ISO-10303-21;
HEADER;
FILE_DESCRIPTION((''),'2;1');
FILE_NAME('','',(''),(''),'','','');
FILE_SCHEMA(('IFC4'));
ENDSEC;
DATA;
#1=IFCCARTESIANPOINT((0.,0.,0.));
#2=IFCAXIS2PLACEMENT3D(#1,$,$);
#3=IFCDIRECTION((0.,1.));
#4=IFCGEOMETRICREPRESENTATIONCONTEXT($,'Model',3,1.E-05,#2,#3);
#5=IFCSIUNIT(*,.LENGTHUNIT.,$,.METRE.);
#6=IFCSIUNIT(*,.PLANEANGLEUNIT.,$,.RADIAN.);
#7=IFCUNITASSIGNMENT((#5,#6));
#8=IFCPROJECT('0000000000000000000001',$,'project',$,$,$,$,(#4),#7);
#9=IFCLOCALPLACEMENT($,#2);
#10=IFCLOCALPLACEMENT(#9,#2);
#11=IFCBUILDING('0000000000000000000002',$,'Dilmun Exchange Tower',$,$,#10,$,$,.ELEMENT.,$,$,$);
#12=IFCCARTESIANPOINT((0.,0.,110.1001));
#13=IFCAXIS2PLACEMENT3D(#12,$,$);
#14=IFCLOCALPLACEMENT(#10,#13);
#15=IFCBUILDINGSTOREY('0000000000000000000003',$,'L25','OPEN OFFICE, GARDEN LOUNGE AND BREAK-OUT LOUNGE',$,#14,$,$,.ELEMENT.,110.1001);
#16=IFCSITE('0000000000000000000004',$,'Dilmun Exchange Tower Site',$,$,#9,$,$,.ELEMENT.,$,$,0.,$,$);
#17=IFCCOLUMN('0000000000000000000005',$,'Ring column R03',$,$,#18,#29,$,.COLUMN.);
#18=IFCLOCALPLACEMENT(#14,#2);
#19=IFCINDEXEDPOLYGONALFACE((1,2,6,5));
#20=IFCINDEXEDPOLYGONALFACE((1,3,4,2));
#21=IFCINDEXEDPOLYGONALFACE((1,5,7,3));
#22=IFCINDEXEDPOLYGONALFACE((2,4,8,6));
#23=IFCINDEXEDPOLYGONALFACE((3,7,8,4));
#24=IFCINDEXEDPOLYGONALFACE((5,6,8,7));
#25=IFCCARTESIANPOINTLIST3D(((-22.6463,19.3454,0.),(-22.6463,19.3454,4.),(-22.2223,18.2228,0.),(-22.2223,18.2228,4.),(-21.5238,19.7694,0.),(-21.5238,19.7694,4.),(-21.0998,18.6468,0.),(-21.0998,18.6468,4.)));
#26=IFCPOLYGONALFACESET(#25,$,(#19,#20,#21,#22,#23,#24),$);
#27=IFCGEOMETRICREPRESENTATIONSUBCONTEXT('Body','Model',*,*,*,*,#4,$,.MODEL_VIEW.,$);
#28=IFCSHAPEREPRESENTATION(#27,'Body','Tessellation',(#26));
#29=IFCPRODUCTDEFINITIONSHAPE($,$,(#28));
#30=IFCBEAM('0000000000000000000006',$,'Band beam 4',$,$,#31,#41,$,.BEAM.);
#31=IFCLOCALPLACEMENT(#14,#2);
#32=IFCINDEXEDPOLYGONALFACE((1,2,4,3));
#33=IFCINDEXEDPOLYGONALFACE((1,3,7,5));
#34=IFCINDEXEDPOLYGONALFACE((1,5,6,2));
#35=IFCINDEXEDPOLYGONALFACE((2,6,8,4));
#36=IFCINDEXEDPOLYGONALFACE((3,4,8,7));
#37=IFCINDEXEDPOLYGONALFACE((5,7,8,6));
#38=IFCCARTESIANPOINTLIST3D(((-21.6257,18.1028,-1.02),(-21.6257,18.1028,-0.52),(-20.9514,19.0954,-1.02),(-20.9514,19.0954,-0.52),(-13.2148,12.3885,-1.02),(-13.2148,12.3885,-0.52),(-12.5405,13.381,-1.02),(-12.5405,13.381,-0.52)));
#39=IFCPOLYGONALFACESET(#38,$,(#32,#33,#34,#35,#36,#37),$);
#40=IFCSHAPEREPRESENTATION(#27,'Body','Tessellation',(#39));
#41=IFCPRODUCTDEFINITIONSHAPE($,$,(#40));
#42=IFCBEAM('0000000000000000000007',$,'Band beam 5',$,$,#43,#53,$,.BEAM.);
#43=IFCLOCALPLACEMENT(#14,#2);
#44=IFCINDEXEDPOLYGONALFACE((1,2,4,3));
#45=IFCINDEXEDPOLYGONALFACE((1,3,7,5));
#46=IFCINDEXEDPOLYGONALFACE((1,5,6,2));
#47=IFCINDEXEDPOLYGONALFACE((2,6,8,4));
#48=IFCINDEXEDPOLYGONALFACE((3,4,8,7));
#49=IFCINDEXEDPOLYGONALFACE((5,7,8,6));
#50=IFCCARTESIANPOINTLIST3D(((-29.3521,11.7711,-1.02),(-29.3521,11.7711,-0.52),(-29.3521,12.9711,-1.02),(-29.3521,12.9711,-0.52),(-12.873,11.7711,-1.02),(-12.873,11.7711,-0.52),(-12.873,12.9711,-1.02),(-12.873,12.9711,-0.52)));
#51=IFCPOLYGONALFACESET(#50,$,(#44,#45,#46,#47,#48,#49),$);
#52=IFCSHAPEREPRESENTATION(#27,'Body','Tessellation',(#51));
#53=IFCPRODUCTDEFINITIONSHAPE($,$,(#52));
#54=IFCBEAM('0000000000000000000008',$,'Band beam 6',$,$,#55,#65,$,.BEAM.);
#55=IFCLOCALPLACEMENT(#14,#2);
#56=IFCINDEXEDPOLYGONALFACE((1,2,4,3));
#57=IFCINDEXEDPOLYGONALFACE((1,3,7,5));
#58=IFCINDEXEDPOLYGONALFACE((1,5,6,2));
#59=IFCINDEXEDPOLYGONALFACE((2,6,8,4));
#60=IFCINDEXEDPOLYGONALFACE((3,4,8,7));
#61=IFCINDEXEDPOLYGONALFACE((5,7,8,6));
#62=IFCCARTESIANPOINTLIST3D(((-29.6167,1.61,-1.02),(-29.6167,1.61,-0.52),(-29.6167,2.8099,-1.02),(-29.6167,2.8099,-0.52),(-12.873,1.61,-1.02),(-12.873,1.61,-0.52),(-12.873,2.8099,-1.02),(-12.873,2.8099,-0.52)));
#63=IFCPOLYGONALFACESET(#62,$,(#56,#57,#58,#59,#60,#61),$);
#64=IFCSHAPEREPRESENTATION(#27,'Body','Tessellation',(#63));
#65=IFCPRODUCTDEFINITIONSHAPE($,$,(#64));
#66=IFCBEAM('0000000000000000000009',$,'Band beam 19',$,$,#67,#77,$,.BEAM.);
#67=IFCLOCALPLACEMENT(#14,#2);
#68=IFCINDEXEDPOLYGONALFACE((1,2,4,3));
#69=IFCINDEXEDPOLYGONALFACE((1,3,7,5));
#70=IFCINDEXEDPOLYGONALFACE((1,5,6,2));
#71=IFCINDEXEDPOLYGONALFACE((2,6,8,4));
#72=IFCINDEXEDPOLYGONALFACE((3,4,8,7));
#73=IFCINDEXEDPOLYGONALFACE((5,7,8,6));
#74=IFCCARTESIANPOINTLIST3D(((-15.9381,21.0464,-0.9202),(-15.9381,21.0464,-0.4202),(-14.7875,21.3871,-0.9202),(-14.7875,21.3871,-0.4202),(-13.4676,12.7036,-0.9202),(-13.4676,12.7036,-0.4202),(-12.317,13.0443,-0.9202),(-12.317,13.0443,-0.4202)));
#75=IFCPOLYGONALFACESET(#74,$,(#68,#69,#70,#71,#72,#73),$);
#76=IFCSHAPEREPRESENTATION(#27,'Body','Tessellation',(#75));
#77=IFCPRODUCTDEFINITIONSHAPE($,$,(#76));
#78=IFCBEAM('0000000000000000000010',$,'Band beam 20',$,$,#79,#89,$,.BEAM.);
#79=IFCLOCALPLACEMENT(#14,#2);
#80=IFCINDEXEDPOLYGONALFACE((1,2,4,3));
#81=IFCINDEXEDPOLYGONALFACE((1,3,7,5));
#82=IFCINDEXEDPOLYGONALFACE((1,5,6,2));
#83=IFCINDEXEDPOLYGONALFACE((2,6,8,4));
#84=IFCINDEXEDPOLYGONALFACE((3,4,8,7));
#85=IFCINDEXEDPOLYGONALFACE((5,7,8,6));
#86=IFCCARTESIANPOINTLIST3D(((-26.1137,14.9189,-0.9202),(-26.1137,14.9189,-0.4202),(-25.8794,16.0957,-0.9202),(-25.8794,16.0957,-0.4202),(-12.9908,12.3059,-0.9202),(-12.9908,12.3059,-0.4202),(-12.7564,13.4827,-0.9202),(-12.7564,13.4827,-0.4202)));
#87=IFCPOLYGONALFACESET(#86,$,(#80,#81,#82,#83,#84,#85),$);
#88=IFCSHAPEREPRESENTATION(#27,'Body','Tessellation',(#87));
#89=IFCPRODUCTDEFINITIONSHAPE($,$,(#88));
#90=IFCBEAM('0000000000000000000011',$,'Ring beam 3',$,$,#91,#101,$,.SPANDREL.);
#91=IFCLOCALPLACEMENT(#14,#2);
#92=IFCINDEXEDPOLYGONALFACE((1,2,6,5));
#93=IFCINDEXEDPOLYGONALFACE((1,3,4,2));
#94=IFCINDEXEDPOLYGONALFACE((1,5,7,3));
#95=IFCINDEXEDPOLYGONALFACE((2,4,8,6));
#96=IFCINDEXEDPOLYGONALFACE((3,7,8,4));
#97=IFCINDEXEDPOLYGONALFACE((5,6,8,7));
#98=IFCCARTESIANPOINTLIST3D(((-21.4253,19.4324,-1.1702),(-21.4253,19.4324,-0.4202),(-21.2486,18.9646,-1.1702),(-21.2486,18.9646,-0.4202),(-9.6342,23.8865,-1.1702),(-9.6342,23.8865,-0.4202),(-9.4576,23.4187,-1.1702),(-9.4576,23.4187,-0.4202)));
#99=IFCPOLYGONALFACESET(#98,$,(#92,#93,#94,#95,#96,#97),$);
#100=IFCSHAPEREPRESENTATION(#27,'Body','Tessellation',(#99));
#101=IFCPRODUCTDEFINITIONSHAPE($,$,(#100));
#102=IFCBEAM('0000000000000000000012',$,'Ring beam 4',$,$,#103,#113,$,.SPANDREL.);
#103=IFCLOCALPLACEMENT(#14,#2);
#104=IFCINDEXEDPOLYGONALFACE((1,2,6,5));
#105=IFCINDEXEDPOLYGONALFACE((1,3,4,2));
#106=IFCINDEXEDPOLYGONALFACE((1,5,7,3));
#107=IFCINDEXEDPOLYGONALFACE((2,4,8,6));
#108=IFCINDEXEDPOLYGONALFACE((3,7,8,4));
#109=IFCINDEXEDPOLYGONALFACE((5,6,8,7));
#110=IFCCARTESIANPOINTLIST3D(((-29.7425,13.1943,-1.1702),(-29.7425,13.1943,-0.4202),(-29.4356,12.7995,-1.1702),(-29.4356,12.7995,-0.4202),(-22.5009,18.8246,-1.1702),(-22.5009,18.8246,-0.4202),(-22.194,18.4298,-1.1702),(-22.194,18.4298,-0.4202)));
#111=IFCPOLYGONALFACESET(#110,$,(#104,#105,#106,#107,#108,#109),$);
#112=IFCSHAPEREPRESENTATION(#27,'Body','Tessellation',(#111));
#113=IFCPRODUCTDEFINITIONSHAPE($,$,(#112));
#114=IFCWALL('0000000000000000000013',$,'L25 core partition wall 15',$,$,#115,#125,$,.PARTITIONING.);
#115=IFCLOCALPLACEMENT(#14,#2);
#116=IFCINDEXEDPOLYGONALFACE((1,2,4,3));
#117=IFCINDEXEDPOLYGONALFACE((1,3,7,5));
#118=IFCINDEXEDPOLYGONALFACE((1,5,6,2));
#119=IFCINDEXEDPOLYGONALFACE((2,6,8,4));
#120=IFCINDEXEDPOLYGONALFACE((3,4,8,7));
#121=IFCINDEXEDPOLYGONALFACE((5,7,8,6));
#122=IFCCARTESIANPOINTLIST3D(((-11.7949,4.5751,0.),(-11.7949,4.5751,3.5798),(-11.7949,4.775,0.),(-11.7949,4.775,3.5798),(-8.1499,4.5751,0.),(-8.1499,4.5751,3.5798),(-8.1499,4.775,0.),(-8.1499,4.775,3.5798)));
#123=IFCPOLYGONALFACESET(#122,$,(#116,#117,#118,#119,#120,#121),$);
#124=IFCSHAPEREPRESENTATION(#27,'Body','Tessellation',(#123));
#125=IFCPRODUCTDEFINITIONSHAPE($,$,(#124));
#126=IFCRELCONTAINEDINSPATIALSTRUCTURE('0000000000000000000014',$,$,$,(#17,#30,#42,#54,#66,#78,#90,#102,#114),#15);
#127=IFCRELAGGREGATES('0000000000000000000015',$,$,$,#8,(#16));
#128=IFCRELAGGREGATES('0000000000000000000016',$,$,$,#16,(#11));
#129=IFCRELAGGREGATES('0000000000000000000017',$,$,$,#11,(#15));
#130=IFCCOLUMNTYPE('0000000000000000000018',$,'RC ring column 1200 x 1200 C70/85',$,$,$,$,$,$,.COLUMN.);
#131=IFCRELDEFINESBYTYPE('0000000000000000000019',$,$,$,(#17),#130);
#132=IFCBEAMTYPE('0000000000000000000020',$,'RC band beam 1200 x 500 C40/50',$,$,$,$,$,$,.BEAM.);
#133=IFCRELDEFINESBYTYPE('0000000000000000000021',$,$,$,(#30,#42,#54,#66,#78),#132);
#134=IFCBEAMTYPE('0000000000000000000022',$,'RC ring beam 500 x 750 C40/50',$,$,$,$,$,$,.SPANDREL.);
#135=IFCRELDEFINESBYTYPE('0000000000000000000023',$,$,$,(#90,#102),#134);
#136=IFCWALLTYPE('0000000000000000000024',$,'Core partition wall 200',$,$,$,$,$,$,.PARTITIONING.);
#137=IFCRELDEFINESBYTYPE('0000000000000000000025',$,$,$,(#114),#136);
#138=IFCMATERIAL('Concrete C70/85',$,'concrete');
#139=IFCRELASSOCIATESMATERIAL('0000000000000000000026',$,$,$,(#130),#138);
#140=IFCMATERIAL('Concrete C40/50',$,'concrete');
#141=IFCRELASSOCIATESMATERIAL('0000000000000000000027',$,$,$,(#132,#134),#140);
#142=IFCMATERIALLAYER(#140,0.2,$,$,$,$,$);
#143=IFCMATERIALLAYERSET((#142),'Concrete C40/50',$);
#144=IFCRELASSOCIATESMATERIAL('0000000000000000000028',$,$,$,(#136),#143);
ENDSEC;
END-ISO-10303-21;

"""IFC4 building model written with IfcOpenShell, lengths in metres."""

from ifc_helpers import new_model, si_unit, direction, frame, frame_2d, origin, origin_2d, place, context, subcontext, project, spatial, rectangle, extrude, material, layer, layer_set, material_profile, profile_set, type_object, element, save


model = new_model("IFC4")

# Units and contexts
model_context = context("Model", 3, precision=1e-05, world=origin(), true_north=direction((0.0, 1.0)))
body_context = subcontext(model_context, "Body", "Model", "MODEL_VIEW")
ifc_project = project(units=[si_unit("LENGTHUNIT", "METRE"), si_unit("PLANEANGLEUNIT", "RADIAN")], contexts=[model_context])

# Site, building, storey
site_placement = place(None, origin())
site = spatial("IfcSite", under=ifc_project, at=site_placement, Name="Dilmun Exchange Tower Site", CompositionType="ELEMENT", RefElevation=0.0)
building_placement = place(site_placement, origin())
building = spatial("IfcBuilding", under=site, at=building_placement, Name="Dilmun Exchange Tower", CompositionType="ELEMENT")
storey_placement = place(building_placement, frame((0.0, 0.0, 110.1001)))
storey = spatial("IfcBuildingStorey", under=building, at=storey_placement, Name="L25", Description="OPEN OFFICE, GARDEN LOUNGE AND BREAK-OUT LOUNGE", CompositionType="ELEMENT", Elevation=110.1001)

# Column
ifc_material_1 = material(Name="Concrete C70/85", Category="concrete")
ifc_material_profile_1 = material_profile(ifc_material_1, rectangle(XDim=1.2, YDim=1.2, at=origin_2d()), Name="1200 x 1200")
ifc_profile_set_1 = profile_set([ifc_material_profile_1], Name="Concrete C70/85")
column_type = type_object("IfcColumnType", Name="RC ring column 1200 x 1200 C70/85", PredefinedType="COLUMN", material=ifc_profile_set_1)
column_placement = place(storey_placement, frame((-21.873, 18.9961, 0.0), z_axis=(0.0, 0.0, 1.0), x_axis=(0.935492, 0.353349, 0.0)))
element("IfcColumn", 1, at=column_placement, inside=storey, type_object=column_type, Name="Ring column R03", PredefinedType="COLUMN", context=body_context, shape_type="SweptSolid", body=[
    extrude(rectangle(XDim=1.2, YDim=1.2, at=origin_2d()), origin(), (0.0, 0.0, 1.0), 4.0),
])

# Beams
ifc_material_2 = material(Name="Concrete C40/50", Category="concrete")
ifc_material_profile_2 = material_profile(ifc_material_2, rectangle(XDim=1.2, YDim=0.5, at=origin_2d()), Name="1200 x 500")
ifc_profile_set_2 = profile_set([ifc_material_profile_2], Name="Concrete C40/50")
beam_type_1 = type_object("IfcBeamType", Name="RC band beam 1200 x 500 C40/50", PredefinedType="BEAM", material=ifc_profile_set_2)
beam_1_placement = place(storey_placement, frame((-21.2886, 18.5991, -0.77), z_axis=(0.827157, -0.56197, 0.0), x_axis=(0.56197, 0.827157, 0.0)))
element("IfcBeam", 2, at=beam_1_placement, inside=storey, type_object=beam_type_1, Name="Band beam 4", PredefinedType="BEAM", context=body_context, shape_type="SweptSolid", body=[
    extrude(rectangle(XDim=1.2, YDim=0.5, at=origin_2d()), origin(), (0.0, 0.0, 1.0), 10.1685),
])
beam_2_placement = place(storey_placement, frame((-29.3521, 12.3711, -0.77), z_axis=(1.0, 0.0, 0.0), x_axis=(0.0, 1.0, 0.0)))
element("IfcBeam", 3, at=beam_2_placement, inside=storey, type_object=beam_type_1, Name="Band beam 5", PredefinedType="BEAM", context=body_context, shape_type="SweptSolid", body=[
    extrude(rectangle(XDim=1.2, YDim=0.5, at=origin_2d()), origin(), (0.0, 0.0, 1.0), 16.479),
])
beam_3_placement = place(storey_placement, frame((-29.6167, 2.21, -0.77), z_axis=(1.0, 0.0, 0.0), x_axis=(0.0, 1.0, 0.0)))
element("IfcBeam", 4, at=beam_3_placement, inside=storey, type_object=beam_type_1, Name="Band beam 6", PredefinedType="BEAM", context=body_context, shape_type="SweptSolid", body=[
    extrude(rectangle(XDim=1.2, YDim=0.5, at=origin_2d()), origin(), (0.0, 0.0, 1.0), 16.7437),
])
beam_4_placement = place(storey_placement, frame((-15.3628, 21.2168, -0.6702), z_axis=(0.283933, -0.958844, 0.0), x_axis=(0.958844, 0.283933, 0.0)))
element("IfcBeam", 5, at=beam_4_placement, inside=storey, type_object=beam_type_1, Name="Band beam 19", PredefinedType="BEAM", context=body_context, shape_type="SweptSolid", body=[
    extrude(rectangle(XDim=1.2, YDim=0.5, at=origin_2d()), origin(), (0.0, 0.0, 1.0), 8.7009),
])
beam_5_placement = place(storey_placement, frame((-25.9966, 15.5073, -0.6702), z_axis=(0.980747, -0.195284, 0.0), x_axis=(0.195284, 0.980747, 0.0)))
element("IfcBeam", 6, at=beam_5_placement, inside=storey, type_object=beam_type_1, Name="Band beam 20", PredefinedType="BEAM", context=body_context, shape_type="SweptSolid", body=[
    extrude(rectangle(XDim=1.2, YDim=0.5, at=origin_2d()), origin(), (0.0, 0.0, 1.0), 13.3806),
])
ifc_material_profile_3 = material_profile(ifc_material_2, rectangle(XDim=0.5, YDim=0.75, at=origin_2d()), Name="500 x 750")
ifc_profile_set_3 = profile_set([ifc_material_profile_3], Name="Concrete C40/50")
beam_type_2 = type_object("IfcBeamType", Name="RC ring beam 500 x 750 C40/50", PredefinedType="SPANDREL", material=ifc_profile_set_3)
beam_6_placement = place(storey_placement, frame((-9.5459, 23.6526, -0.7952), z_axis=(-0.935479, -0.353381, 0.0), x_axis=(0.353381, -0.935479, 0.0)))
element("IfcBeam", 7, at=beam_6_placement, inside=storey, type_object=beam_type_2, Name="Ring beam 3", PredefinedType="SPANDREL", context=body_context, shape_type="SweptSolid", body=[
    extrude(rectangle(XDim=0.5, YDim=0.75, at=origin_2d()), origin(), (0.0, 0.0, 1.0), 12.6042),
])
beam_7_placement = place(storey_placement, frame((-22.3474, 18.6272, -0.7952), z_axis=(-0.789461, -0.613801, 0.0), x_axis=(0.613801, -0.789461, 0.0)))
element("IfcBeam", 8, at=beam_7_placement, inside=storey, type_object=beam_type_2, Name="Ring beam 4", PredefinedType="SPANDREL", context=body_context, shape_type="SweptSolid", body=[
    extrude(rectangle(XDim=0.5, YDim=0.75, at=origin_2d()), origin(), (0.0, 0.0, 1.0), 9.1729),
])

# Wall
ifc_layer_1 = layer(ifc_material_2, 0.2)
ifc_layer_set_1 = layer_set([ifc_layer_1], Name="Concrete C40/50")
wall_type_1 = type_object("IfcWallType", Name="Core partition wall 200", PredefinedType="PARTITIONING", material=ifc_layer_set_1)
wall_1_placement = place(storey_placement, frame((-11.7949, 4.675, 0.0), z_axis=(0.0, 0.0, 1.0), x_axis=(1.0, 0.0, 0.0)))
element("IfcWall", 9, at=wall_1_placement, inside=storey, type_object=wall_type_1, Name="L25 core partition wall 15", PredefinedType="PARTITIONING", context=body_context, shape_type="SweptSolid", body=[
    extrude(rectangle(XDim=3.645, YDim=0.2, at=frame_2d((1.8225, 0.0))), origin(), (0.0, 0.0, 1.0), 3.5798),
])

save(model, "model.ifc")
